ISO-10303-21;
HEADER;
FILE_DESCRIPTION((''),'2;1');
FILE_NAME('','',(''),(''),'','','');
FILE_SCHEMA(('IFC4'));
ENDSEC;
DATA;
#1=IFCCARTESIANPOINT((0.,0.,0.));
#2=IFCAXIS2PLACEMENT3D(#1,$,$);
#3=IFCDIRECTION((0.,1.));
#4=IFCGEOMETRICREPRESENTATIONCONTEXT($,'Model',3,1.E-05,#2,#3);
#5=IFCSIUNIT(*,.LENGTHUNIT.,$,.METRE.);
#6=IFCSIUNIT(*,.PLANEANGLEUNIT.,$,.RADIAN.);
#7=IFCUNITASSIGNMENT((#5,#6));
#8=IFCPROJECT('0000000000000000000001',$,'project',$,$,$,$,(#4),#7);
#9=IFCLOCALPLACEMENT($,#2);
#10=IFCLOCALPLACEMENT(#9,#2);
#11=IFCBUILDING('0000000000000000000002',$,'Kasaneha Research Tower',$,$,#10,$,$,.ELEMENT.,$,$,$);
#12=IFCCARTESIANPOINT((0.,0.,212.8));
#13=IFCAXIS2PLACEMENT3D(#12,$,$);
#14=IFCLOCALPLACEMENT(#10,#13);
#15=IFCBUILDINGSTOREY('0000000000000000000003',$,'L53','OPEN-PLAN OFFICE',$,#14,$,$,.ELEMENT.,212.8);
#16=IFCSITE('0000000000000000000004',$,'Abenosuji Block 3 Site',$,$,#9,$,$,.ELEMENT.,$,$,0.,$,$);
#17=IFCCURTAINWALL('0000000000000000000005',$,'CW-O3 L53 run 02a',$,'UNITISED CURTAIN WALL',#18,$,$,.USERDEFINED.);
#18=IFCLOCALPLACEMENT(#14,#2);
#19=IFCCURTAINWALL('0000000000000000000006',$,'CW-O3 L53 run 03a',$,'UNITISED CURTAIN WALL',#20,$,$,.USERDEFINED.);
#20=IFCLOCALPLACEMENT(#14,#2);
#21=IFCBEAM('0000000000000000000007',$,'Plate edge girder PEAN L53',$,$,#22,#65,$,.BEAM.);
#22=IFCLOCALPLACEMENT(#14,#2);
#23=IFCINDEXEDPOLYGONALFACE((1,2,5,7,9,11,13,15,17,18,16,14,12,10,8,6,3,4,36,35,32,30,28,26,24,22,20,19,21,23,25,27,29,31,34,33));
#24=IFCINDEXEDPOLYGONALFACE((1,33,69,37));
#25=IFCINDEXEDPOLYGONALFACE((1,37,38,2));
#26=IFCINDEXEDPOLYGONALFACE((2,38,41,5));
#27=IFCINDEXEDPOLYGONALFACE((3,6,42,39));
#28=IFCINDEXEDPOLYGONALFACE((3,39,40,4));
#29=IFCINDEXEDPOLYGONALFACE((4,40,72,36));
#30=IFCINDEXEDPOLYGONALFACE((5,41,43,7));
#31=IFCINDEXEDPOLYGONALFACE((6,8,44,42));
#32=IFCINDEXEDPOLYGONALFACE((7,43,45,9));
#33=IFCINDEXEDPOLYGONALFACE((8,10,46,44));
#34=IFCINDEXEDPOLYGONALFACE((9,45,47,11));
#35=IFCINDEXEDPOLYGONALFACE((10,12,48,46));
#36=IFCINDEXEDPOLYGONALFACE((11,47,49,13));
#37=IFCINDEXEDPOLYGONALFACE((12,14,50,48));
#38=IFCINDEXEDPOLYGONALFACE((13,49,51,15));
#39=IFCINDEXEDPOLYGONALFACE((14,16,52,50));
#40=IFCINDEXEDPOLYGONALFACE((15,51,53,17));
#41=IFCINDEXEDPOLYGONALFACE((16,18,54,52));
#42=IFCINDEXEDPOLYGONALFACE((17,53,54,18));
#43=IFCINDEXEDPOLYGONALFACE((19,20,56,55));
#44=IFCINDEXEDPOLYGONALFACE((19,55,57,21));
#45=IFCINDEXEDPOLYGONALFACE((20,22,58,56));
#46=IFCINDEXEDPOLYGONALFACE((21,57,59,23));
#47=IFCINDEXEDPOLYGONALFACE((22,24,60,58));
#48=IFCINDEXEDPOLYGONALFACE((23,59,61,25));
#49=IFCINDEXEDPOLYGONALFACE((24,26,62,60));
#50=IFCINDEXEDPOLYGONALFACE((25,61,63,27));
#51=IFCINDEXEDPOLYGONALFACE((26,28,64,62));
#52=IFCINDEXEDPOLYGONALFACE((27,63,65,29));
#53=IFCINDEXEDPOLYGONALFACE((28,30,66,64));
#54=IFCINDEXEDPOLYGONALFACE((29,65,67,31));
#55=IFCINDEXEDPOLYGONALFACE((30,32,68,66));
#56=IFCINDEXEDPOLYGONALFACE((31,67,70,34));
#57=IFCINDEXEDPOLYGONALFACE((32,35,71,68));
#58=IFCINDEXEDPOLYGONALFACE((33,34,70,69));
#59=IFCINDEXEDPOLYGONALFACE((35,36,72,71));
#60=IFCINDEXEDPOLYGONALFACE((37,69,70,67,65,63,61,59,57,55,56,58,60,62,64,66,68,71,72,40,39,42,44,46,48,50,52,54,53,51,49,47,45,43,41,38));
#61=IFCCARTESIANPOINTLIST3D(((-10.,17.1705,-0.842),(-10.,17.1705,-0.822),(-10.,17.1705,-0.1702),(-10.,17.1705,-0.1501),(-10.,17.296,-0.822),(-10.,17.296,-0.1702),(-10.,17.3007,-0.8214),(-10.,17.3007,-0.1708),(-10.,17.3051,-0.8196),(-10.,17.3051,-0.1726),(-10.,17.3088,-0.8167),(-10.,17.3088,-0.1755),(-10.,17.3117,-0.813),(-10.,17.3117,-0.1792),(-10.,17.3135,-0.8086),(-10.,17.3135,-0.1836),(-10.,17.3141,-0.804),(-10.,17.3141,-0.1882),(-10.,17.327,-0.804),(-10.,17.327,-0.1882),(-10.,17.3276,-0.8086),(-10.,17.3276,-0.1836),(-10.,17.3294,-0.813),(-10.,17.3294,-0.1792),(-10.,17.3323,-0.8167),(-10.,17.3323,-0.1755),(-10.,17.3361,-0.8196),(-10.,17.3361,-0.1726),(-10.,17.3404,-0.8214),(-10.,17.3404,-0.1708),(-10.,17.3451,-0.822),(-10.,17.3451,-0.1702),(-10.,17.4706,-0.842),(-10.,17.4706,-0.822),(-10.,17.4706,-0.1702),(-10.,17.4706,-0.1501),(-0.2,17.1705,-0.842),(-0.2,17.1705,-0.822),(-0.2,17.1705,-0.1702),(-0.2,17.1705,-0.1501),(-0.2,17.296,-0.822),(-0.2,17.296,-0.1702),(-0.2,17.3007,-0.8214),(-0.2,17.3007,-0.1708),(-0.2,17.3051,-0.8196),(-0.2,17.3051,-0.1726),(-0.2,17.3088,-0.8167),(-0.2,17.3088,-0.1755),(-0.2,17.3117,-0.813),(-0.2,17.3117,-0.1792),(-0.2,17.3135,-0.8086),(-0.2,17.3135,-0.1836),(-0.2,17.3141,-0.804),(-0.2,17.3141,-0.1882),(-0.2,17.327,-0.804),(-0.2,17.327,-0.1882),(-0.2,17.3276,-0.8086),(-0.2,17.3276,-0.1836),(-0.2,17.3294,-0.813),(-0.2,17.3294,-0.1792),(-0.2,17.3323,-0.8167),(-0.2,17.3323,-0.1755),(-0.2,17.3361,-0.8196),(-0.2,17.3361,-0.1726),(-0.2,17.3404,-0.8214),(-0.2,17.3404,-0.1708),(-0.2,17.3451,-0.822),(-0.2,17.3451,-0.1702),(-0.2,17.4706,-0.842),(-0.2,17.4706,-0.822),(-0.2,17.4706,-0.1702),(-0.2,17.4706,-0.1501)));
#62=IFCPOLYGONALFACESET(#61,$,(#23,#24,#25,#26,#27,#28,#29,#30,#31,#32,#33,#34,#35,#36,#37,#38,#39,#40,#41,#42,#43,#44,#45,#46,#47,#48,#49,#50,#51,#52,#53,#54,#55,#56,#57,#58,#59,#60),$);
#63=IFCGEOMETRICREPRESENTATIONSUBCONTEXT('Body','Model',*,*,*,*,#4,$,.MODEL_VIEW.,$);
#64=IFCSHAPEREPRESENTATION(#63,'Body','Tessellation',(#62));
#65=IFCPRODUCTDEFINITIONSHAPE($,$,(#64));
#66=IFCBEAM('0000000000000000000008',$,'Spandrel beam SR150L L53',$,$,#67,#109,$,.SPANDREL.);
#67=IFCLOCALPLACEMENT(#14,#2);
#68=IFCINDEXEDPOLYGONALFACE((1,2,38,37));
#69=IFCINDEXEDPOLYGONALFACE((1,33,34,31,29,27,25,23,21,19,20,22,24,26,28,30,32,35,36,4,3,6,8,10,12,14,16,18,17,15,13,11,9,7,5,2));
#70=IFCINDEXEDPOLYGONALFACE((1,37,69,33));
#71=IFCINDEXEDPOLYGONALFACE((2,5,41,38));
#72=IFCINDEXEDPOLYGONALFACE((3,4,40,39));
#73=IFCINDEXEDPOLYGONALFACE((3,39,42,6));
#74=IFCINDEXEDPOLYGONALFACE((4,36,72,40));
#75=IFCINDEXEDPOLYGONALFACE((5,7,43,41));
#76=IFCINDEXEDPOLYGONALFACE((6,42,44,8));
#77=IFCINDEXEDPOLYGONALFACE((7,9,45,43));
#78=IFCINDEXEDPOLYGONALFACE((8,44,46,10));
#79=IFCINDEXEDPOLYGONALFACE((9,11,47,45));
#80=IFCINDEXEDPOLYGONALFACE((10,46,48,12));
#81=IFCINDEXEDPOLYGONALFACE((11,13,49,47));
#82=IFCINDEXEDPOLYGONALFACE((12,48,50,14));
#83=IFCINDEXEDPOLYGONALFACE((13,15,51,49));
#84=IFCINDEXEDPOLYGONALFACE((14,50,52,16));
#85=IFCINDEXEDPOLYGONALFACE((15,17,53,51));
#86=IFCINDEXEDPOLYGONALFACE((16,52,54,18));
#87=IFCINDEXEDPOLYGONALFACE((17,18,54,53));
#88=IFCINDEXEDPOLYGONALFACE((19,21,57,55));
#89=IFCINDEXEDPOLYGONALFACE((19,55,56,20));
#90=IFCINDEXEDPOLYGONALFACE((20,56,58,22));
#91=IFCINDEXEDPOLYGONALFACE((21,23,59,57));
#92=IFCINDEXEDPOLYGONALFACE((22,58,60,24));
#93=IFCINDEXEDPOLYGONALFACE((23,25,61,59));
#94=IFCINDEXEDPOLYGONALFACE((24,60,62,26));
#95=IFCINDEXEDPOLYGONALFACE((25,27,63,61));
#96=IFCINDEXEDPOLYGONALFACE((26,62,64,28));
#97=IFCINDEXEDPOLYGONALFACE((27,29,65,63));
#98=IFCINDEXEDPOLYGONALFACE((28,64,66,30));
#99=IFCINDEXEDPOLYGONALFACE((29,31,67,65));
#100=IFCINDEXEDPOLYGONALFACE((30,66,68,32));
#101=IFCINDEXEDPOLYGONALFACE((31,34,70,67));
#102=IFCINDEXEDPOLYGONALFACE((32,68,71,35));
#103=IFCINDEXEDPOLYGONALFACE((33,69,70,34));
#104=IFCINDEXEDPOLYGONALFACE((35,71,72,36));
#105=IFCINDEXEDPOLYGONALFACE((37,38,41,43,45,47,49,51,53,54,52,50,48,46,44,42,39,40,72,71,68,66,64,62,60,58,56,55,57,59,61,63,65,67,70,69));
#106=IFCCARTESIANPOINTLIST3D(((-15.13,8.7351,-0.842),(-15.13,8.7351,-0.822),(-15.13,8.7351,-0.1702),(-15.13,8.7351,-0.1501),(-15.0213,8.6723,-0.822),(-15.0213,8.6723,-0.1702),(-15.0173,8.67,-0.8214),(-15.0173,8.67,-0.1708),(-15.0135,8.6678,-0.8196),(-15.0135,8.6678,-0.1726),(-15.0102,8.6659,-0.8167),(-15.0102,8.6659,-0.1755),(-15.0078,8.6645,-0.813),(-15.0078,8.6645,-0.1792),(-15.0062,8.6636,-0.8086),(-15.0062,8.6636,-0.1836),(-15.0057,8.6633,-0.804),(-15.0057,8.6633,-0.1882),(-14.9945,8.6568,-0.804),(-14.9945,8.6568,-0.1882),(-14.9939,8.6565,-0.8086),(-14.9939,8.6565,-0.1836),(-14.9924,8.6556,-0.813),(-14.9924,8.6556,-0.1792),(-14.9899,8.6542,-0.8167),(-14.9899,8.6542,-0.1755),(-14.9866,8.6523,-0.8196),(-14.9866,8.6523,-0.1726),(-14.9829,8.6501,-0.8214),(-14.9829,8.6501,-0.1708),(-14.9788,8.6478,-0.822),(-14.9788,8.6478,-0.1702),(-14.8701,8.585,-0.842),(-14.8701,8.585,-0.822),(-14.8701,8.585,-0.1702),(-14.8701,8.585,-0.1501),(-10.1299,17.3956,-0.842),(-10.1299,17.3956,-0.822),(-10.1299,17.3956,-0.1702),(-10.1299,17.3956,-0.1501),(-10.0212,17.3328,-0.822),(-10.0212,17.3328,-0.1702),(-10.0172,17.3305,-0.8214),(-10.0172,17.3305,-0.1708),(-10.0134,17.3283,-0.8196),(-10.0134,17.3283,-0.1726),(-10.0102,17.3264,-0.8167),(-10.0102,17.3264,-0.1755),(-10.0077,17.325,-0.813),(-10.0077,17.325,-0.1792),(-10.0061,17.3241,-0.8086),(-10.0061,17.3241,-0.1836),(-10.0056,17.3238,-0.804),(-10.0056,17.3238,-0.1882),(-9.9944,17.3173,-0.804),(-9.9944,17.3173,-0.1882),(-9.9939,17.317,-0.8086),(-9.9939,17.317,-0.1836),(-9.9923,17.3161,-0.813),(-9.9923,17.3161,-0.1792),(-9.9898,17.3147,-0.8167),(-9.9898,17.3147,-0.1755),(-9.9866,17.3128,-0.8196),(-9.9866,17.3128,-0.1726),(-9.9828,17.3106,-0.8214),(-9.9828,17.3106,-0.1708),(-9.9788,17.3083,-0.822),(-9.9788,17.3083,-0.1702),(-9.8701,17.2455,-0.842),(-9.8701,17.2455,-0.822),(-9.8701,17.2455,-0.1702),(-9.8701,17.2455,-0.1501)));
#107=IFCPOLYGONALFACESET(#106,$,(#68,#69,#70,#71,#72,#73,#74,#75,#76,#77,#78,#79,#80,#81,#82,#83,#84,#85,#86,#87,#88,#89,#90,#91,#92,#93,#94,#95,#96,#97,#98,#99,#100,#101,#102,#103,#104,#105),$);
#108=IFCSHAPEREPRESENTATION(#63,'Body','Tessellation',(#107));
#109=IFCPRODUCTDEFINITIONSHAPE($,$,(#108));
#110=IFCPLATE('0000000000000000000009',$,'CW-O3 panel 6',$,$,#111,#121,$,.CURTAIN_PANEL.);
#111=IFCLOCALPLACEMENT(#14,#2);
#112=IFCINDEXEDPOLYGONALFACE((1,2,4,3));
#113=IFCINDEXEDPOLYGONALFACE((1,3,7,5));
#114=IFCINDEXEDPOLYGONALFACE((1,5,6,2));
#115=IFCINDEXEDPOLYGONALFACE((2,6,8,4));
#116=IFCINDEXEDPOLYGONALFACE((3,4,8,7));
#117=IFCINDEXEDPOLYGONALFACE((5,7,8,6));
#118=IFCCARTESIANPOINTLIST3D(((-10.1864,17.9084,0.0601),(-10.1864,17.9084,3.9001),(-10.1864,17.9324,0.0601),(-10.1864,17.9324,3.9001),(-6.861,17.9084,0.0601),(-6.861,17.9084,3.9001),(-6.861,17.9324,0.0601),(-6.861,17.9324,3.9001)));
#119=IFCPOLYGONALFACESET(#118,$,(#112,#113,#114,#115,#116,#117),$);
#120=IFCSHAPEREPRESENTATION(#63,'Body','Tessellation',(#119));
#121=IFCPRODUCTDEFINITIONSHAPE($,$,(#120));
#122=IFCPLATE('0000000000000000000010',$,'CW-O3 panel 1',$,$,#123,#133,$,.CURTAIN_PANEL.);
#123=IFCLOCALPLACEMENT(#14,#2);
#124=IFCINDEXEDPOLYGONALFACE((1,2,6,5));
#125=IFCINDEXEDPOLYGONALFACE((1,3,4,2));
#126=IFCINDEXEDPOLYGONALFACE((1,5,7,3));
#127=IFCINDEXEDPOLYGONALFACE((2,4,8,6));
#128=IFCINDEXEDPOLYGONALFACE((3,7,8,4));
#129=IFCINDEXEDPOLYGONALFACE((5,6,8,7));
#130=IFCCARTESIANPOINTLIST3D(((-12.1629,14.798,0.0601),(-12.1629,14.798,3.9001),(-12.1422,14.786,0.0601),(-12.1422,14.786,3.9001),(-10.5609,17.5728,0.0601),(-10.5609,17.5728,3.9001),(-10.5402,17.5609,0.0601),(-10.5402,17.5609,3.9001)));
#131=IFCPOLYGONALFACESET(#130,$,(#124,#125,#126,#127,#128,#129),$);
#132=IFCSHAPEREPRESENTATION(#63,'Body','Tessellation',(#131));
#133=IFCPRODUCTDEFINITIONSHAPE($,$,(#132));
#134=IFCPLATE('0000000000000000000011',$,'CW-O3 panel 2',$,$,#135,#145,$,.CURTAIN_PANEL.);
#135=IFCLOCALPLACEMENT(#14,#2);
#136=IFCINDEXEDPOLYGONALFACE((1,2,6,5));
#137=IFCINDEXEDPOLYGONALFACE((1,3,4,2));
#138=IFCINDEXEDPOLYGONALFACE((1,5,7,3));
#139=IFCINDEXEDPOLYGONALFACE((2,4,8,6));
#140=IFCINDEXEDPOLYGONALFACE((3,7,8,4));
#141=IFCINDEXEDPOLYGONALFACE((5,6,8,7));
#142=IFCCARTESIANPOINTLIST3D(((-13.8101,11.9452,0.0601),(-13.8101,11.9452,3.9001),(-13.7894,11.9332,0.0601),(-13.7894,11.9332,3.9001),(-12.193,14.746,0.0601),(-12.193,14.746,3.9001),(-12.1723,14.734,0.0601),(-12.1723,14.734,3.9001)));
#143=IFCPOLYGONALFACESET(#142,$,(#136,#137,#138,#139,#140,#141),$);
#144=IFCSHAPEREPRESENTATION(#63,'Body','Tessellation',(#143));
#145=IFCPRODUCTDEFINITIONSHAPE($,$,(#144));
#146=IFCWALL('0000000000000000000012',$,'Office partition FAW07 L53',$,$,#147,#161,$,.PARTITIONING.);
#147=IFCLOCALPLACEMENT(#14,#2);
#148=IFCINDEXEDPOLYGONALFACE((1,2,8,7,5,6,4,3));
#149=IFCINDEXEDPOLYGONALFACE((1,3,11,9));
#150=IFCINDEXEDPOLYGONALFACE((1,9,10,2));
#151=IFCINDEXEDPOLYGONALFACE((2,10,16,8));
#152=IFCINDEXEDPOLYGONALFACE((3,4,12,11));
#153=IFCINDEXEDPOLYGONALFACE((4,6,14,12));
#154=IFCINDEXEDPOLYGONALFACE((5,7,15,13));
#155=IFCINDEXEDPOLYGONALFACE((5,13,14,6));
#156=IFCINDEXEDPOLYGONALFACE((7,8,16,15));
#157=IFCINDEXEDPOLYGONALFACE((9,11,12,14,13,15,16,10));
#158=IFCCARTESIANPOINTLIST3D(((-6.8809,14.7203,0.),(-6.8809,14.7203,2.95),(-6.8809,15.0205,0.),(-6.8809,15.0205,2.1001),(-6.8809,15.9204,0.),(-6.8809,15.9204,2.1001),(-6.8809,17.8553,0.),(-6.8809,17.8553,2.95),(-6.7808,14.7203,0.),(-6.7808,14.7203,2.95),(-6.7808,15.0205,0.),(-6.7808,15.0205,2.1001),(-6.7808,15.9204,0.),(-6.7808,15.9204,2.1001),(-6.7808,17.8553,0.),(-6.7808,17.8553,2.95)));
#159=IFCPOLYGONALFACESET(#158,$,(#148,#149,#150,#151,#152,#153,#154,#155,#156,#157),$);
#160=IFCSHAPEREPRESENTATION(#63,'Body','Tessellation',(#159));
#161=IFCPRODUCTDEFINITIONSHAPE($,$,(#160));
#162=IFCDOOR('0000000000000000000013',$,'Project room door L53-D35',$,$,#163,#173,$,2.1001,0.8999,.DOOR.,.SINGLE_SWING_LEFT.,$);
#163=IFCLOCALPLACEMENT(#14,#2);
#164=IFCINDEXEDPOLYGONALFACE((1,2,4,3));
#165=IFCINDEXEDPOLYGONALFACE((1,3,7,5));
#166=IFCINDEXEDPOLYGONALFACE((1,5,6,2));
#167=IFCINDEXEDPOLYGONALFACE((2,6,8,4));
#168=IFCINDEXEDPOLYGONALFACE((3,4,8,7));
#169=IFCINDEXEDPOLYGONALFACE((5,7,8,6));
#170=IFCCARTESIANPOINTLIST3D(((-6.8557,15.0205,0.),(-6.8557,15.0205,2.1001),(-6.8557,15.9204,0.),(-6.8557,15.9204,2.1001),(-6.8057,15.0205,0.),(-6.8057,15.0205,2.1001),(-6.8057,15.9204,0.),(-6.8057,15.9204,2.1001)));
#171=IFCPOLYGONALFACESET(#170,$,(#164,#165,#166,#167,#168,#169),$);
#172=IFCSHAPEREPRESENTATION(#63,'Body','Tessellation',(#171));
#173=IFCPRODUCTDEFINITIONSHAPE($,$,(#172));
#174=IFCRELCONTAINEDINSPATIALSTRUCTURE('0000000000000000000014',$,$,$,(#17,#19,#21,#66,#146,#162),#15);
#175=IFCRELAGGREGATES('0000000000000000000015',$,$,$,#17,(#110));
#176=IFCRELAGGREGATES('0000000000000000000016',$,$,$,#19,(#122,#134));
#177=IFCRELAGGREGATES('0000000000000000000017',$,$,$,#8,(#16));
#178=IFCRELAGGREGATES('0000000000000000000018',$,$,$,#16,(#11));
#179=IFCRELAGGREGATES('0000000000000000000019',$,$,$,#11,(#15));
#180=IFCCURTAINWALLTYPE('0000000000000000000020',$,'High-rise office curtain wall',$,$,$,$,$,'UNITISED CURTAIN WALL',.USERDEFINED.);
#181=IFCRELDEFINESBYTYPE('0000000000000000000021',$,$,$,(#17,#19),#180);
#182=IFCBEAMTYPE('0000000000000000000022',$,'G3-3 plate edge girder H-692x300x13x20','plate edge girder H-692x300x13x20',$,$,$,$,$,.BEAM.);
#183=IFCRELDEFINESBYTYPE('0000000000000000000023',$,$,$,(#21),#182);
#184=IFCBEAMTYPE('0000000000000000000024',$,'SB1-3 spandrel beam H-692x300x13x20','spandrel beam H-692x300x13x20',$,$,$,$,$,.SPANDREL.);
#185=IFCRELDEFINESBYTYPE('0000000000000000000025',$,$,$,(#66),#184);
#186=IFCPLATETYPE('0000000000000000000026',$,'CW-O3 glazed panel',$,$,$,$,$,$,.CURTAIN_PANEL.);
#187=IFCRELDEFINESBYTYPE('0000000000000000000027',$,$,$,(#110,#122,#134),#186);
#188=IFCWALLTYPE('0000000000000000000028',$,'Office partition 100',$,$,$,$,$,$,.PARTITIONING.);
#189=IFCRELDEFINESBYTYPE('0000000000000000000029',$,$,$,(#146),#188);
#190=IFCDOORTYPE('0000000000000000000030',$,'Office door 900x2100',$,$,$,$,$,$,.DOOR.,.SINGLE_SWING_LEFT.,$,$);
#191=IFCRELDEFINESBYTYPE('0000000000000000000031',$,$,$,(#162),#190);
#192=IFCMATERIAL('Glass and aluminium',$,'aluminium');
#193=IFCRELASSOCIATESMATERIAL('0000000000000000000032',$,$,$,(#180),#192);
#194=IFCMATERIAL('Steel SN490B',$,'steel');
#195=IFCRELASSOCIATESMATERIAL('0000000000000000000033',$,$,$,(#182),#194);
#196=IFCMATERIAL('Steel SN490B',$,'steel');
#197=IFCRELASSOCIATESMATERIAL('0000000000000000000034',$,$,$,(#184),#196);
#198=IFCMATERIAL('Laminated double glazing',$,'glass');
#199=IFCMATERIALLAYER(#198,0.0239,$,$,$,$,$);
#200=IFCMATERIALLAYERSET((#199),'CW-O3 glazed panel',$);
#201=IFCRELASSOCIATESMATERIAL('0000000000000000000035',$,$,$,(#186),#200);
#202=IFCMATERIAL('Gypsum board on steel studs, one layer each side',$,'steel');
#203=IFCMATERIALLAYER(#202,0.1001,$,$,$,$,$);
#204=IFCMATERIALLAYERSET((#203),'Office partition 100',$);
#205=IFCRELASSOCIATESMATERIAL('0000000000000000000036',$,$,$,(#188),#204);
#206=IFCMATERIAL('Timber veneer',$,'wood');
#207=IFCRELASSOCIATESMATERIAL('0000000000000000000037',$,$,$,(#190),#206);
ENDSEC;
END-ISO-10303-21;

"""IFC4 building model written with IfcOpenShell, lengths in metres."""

from ifc_helpers import new_model, si_unit, direction, frame, frame_2d, origin, origin_2d, place, context, subcontext, project, spatial, rectangle, i_section, extrude, material, layer, layer_set, material_profile, profile_set, type_object, element, fill, aggregate, save


model = new_model("IFC4")

# Units and contexts
model_context = context("Model", 3, precision=1e-05, world=origin(), true_north=direction((0.0, 1.0)))
body_context = subcontext(model_context, "Body", "Model", "MODEL_VIEW")
ifc_project = project(units=[si_unit("LENGTHUNIT", "METRE"), si_unit("PLANEANGLEUNIT", "RADIAN")], contexts=[model_context])

# Site, building, storey
site_placement = place(None, origin())
site = spatial("IfcSite", under=ifc_project, at=site_placement, Name="Abenosuji Block 3 Site", CompositionType="ELEMENT", RefElevation=0.0)
building_placement = place(site_placement, origin())
building = spatial("IfcBuilding", under=site, at=building_placement, Name="Kasaneha Research Tower", CompositionType="ELEMENT")
storey_placement = place(building_placement, frame((0.0, 0.0, 212.8)))
storey = spatial("IfcBuildingStorey", under=building, at=storey_placement, Name="L53", Description="OPEN-PLAN OFFICE", CompositionType="ELEMENT", Elevation=212.8)

# Curtain walls
ifc_material_1 = material(Name="Glass and aluminium", Category="aluminium")
curtain_wall_type = type_object("IfcCurtainWallType", Name="High-rise office curtain wall", ElementType="UNITISED CURTAIN WALL", PredefinedType="USERDEFINED", material=ifc_material_1)
curtain_wall_1_placement = place(storey_placement, origin())
curtain_wall_1 = element("IfcCurtainWall", 1, at=curtain_wall_1_placement, inside=storey, type_object=curtain_wall_type, Name="CW-O3 L53 run 02a", ObjectType="UNITISED CURTAIN WALL", PredefinedType="USERDEFINED")
curtain_wall_2_placement = place(storey_placement, origin())
curtain_wall_2 = element("IfcCurtainWall", 2, at=curtain_wall_2_placement, inside=storey, type_object=curtain_wall_type, Name="CW-O3 L53 run 03a", ObjectType="UNITISED CURTAIN WALL", PredefinedType="USERDEFINED")

# Beams
ifc_material_2 = material(Name="Steel SN490B", Category="steel")
ifc_material_profile_1 = material_profile(ifc_material_2, i_section(OverallWidth=0.3, OverallDepth=0.6919, WebThickness=0.0129, FlangeThickness=0.02, FilletRadius=0.0181, at=origin_2d()), Name="H-692x300x13x20")
ifc_profile_set_1 = profile_set([ifc_material_profile_1], Name="Steel SN490B")
beam_type_1 = type_object("IfcBeamType", Name="G3-3 plate edge girder H-692x300x13x20", Description="plate edge girder H-692x300x13x20", PredefinedType="BEAM", material=ifc_profile_set_1)
beam_1_placement = place(storey_placement, frame((-10.0, 17.3206, -0.4961), z_axis=(1.0, 0.0, 0.0), x_axis=(0.0, 1.0, 0.0)))
element("IfcBeam", 3, at=beam_1_placement, inside=storey, type_object=beam_type_1, Name="Plate edge girder PEAN L53", PredefinedType="BEAM", context=body_context, shape_type="SweptSolid", body=[
    extrude(i_section(OverallWidth=0.3, OverallDepth=0.6919, WebThickness=0.0129, FlangeThickness=0.02, FilletRadius=0.0181, at=origin_2d()), origin(), (0.0, 0.0, 1.0), 9.8),
])
ifc_material_3 = material(Name="Steel SN490B", Category="steel")
ifc_material_profile_2 = material_profile(ifc_material_3, i_section(OverallWidth=0.3, OverallDepth=0.6919, WebThickness=0.0129, FlangeThickness=0.02, FilletRadius=0.0181, at=origin_2d()), Name="H-692x300x13x20")
ifc_profile_set_2 = profile_set([ifc_material_profile_2], Name="Steel SN490B")
beam_type_2 = type_object("IfcBeamType", Name="SB1-3 spandrel beam H-692x300x13x20", Description="spandrel beam H-692x300x13x20", PredefinedType="SPANDREL", material=ifc_profile_set_2)
beam_2_placement = place(storey_placement, frame((-10.0, 17.3206, -0.4961), z_axis=(-0.499994, -0.866029, 0.0), x_axis=(0.866029, -0.499994, 0.0)))
element("IfcBeam", 4, at=beam_2_placement, inside=storey, type_object=beam_type_2, Name="Spandrel beam SR150L L53", PredefinedType="SPANDREL", context=body_context, shape_type="SweptSolid", body=[
    extrude(i_section(OverallWidth=0.3, OverallDepth=0.6919, WebThickness=0.0129, FlangeThickness=0.02, FilletRadius=0.0181, at=origin_2d()), origin(), (0.0, 0.0, 1.0), 10.0002),
])

# Plates
ifc_material_4 = material(Name="Laminated double glazing", Category="glass")
ifc_layer_1 = layer(ifc_material_4, 0.0239)
ifc_layer_set_1 = layer_set([ifc_layer_1], Name="CW-O3 glazed panel")
plate_type = type_object("IfcPlateType", Name="CW-O3 glazed panel", PredefinedType="CURTAIN_PANEL", material=ifc_layer_set_1)
plate_1_placement = place(storey_placement, frame((-8.5237, 17.9204, 0.0601), z_axis=(0.0, 0.0, 1.0), x_axis=(-1.0, 0.0, 0.0)))
plate_1 = element("IfcPlate", 5, at=plate_1_placement, type_object=plate_type, Name="CW-O3 panel 6", PredefinedType="CURTAIN_PANEL", context=body_context, shape_type="SweptSolid", body=[
    extrude(rectangle(XDim=3.3254, YDim=0.0239, at=origin_2d()), origin(), (0.0, 0.0, 1.0), 3.8401),
])
aggregate(curtain_wall_1, [plate_1])
plate_2_placement = place(storey_placement, frame((-11.3516, 16.1794, 0.0601), z_axis=(0.0, 0.0, 1.0), x_axis=(-0.5, -0.866025, 0.0)))
plate_2 = element("IfcPlate", 6, at=plate_2_placement, type_object=plate_type, Name="CW-O3 panel 1", PredefinedType="CURTAIN_PANEL", context=body_context, shape_type="SweptSolid", body=[
    extrude(rectangle(XDim=3.2041, YDim=0.0239, at=origin_2d()), origin(), (0.0, 0.0, 1.0), 3.8401),
])
plate_3_placement = place(storey_placement, frame((-12.9912, 13.3396, 0.0601), z_axis=(0.0, 0.0, 1.0), x_axis=(-0.5, -0.866025, 0.0)))
plate_3 = element("IfcPlate", 7, at=plate_3_placement, type_object=plate_type, Name="CW-O3 panel 2", PredefinedType="CURTAIN_PANEL", context=body_context, shape_type="SweptSolid", body=[
    extrude(rectangle(XDim=3.2341, YDim=0.0239, at=origin_2d()), origin(), (0.0, 0.0, 1.0), 3.8401),
])
aggregate(curtain_wall_2, [plate_2, plate_3])

# Wall, opening, door
ifc_material_5 = material(Name="Gypsum board on steel studs, one layer each side", Category="steel")
ifc_layer_2 = layer(ifc_material_5, 0.1001)
ifc_layer_set_2 = layer_set([ifc_layer_2], Name="Office partition 100")
wall_type_1 = type_object("IfcWallType", Name="Office partition 100", PredefinedType="PARTITIONING", material=ifc_layer_set_2)
wall_1_placement = place(storey_placement, frame((-6.8308, 14.7205, 0.0), z_axis=(0.0, 0.0, 1.0), x_axis=(0.0, 1.0, 0.0)))
wall_1 = element("IfcWall", 8, at=wall_1_placement, inside=storey, type_object=wall_type_1, Name="Office partition FAW07 L53", PredefinedType="PARTITIONING", context=body_context, shape_type="SweptSolid", body=[
    extrude(rectangle(XDim=3.135, YDim=0.1001, at=frame_2d((1.5674, 0.0))), origin(), (0.0, 0.0, 1.0), 2.95),
])
opening_1_placement = place(wall_1_placement, frame((0.3, 0.0, 0.0)))
opening_1 = element("IfcOpeningElement", 9, at=opening_1_placement, cuts=wall_1, PredefinedType="OPENING", context=body_context, shape_type="SweptSolid", body=[
    extrude(rectangle(XDim=0.8999, YDim=2.1001, at=frame_2d((0.45, 1.05))), frame((0.0, 0.0601, 0.0), z_axis=(0.0, -1.0, 0.0), x_axis=(1.0, 0.0, 0.0)), (0.0, 0.0, 1.0), 0.1201),
])
ifc_material_6 = material(Name="Timber veneer", Category="wood")
door_type_1 = type_object("IfcDoorType", Name="Office door 900x2100", OperationType="SINGLE_SWING_LEFT", PredefinedType="DOOR", material=ifc_material_6)
door_1_placement = place(opening_1_placement, origin())
door_1 = element("IfcDoor", 10, at=door_1_placement, inside=storey, type_object=door_type_1, Name="Project room door L53-D35", OperationType="SINGLE_SWING_LEFT", OverallHeight=2.1001, OverallWidth=0.8999, PredefinedType="DOOR", context=body_context, shape_type="SweptSolid", body=[
    extrude(rectangle(XDim=0.8999, YDim=2.1001, at=frame_2d((0.45, 1.05))), frame((0.0, 0.0249, 0.0), z_axis=(0.0, -1.0, 0.0), x_axis=(1.0, 0.0, 0.0)), (0.0, 0.0, 1.0), 0.05),
])
fill(opening_1, door_1)

save(model, "model.ifc")
